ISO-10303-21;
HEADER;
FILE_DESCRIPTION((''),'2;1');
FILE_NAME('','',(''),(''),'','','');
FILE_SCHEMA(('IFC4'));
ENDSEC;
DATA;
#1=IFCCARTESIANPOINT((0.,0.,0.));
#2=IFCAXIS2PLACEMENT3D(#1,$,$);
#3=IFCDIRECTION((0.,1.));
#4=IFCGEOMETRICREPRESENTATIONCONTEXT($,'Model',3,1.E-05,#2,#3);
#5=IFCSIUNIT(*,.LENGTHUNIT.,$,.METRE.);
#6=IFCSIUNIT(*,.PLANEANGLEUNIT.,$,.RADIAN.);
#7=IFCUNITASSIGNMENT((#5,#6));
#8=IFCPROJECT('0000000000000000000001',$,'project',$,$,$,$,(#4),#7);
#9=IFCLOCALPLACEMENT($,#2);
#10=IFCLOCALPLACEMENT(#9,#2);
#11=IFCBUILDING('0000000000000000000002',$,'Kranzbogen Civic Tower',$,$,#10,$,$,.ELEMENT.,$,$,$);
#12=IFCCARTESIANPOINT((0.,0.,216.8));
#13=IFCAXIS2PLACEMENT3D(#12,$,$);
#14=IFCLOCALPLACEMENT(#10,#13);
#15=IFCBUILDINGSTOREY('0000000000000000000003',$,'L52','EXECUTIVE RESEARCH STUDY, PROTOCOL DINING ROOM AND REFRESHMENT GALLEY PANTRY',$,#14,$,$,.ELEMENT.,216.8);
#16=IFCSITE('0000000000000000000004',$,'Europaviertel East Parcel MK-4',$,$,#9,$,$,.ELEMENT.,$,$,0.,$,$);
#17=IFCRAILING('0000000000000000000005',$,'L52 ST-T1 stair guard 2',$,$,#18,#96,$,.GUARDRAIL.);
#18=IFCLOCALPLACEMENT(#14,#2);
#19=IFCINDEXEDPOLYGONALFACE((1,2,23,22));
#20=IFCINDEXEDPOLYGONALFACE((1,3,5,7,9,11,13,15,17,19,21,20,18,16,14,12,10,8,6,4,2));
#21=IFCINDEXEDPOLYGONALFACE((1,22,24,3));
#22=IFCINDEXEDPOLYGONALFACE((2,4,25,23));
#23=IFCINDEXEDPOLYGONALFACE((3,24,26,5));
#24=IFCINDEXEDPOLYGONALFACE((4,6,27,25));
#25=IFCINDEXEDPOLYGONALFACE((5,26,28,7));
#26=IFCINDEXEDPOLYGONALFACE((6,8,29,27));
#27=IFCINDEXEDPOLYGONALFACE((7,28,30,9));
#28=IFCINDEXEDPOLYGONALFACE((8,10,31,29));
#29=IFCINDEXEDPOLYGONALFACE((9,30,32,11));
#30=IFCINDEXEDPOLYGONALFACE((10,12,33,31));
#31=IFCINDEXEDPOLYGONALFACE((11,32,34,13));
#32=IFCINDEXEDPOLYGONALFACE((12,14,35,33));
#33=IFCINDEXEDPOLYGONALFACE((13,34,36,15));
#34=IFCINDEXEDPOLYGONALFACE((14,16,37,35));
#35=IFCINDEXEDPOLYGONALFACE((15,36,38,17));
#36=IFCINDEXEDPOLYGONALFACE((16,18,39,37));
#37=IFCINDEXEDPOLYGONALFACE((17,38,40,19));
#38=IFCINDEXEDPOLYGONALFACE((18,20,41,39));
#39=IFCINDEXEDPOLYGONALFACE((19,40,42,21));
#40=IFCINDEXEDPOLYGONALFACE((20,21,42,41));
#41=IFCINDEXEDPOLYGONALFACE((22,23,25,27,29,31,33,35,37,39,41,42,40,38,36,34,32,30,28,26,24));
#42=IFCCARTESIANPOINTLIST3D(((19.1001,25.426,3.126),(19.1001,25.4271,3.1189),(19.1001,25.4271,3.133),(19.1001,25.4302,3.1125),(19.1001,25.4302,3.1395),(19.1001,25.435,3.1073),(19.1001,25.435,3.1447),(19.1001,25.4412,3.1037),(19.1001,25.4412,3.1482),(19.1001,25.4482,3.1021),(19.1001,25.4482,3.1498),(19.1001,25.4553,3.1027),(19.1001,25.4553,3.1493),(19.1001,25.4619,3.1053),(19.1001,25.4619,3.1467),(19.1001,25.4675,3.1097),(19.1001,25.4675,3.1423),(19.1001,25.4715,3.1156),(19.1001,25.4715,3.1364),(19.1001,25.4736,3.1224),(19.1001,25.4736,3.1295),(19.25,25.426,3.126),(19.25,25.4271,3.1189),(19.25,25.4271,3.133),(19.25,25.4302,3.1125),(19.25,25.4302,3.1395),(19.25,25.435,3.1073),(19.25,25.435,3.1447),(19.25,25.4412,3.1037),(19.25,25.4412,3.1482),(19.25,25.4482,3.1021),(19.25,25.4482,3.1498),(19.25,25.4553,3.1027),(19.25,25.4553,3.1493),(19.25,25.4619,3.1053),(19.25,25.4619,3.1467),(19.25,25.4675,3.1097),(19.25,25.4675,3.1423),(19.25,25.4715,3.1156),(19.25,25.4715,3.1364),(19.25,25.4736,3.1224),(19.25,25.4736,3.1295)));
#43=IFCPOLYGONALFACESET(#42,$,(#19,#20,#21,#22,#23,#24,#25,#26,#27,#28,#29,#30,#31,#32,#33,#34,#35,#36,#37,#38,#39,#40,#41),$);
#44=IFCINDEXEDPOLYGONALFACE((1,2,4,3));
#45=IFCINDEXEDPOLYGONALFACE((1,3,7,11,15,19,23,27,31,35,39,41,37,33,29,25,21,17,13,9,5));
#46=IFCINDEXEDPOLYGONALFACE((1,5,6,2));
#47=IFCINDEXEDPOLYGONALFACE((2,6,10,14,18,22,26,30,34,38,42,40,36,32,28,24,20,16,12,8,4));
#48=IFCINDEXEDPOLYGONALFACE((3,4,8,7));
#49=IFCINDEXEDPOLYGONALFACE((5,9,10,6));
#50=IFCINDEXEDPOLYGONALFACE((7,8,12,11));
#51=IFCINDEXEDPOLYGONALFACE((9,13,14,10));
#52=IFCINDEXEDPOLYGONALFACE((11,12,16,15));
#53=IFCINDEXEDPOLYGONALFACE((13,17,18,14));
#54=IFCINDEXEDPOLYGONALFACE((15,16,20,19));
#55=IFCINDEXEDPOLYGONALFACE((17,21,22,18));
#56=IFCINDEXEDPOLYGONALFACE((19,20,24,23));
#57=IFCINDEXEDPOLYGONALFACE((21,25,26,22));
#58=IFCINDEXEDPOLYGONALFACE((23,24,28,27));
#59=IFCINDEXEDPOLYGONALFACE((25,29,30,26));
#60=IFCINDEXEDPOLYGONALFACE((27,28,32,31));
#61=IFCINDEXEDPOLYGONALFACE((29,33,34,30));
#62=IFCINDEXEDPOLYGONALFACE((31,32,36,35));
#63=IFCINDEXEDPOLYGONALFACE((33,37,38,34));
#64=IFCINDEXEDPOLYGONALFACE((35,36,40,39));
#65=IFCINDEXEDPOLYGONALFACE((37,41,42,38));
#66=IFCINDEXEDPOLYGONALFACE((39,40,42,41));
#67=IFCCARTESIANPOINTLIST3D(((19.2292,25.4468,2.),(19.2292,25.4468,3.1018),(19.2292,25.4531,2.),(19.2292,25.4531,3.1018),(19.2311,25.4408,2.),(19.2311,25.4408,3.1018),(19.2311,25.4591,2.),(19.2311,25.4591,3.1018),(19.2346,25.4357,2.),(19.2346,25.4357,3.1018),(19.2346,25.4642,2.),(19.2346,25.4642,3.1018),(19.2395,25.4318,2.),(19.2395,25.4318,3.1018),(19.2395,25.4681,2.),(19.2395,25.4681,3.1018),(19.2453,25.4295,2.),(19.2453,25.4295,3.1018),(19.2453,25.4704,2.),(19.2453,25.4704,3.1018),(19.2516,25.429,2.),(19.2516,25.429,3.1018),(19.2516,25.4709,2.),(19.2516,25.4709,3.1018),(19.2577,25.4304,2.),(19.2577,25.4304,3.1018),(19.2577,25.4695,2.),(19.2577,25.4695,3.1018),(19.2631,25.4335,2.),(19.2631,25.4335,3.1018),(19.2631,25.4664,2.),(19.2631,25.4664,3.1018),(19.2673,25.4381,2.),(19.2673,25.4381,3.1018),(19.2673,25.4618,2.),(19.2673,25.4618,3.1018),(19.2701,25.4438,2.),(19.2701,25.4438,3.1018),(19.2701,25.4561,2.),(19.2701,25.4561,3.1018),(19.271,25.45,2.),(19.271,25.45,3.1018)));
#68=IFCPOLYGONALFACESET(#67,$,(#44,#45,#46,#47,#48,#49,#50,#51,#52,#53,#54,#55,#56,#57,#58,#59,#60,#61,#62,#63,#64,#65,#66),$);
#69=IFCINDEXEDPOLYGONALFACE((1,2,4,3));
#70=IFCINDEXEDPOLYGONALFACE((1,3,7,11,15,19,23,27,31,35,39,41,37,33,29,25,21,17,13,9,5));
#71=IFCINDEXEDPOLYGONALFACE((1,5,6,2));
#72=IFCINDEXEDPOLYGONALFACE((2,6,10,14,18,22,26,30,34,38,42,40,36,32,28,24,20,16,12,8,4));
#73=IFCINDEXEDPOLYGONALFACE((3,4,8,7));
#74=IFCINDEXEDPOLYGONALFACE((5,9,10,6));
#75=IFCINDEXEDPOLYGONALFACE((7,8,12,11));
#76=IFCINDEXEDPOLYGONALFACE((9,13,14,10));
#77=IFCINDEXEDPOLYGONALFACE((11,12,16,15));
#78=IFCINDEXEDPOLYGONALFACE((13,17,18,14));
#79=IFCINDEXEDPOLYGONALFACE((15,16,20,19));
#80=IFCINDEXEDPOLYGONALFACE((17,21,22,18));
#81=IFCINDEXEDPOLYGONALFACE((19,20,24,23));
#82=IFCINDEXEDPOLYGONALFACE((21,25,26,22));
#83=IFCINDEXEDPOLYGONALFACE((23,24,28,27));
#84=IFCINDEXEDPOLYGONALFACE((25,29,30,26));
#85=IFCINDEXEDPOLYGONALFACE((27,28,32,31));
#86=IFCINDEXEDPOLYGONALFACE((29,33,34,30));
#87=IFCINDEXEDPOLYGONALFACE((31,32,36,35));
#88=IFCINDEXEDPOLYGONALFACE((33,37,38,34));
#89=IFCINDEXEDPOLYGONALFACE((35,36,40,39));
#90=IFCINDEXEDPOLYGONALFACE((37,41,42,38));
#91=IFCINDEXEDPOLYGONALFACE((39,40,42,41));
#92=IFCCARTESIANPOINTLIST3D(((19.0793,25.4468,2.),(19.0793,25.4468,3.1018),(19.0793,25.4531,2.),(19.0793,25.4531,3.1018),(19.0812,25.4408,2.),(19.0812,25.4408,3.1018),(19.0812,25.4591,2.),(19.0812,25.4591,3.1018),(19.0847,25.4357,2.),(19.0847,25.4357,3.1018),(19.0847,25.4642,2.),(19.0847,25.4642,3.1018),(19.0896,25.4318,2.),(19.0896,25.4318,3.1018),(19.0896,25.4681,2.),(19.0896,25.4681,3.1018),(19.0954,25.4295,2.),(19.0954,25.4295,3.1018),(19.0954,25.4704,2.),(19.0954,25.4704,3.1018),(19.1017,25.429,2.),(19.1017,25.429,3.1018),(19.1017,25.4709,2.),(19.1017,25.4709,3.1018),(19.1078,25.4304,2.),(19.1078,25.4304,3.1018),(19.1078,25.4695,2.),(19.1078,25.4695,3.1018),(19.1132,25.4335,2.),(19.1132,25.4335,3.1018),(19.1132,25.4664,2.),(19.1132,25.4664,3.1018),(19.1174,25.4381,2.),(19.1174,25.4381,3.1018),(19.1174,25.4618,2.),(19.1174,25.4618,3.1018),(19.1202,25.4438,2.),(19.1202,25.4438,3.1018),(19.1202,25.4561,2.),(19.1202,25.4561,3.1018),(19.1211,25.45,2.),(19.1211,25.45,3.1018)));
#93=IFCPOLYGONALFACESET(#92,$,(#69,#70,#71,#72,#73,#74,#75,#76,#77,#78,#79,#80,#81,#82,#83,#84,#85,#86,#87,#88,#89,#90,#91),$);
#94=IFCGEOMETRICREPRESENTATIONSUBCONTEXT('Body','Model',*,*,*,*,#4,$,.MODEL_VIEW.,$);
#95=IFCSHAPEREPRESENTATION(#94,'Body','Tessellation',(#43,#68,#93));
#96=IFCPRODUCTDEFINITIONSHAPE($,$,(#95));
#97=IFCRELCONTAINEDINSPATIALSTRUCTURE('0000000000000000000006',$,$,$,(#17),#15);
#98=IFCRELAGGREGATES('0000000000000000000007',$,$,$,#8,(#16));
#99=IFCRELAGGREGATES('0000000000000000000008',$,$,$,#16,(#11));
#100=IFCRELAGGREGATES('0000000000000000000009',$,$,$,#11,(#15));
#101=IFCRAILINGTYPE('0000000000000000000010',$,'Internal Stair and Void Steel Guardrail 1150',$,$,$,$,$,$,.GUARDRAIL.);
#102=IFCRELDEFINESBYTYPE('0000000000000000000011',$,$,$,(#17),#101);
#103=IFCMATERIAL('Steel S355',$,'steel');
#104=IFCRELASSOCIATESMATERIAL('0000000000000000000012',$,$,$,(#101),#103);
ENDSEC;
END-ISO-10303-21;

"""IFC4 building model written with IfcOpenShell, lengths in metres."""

from ifc_helpers import new_model, si_unit, direction, frame, origin, origin_2d, place, context, subcontext, project, spatial, circle, extrude, material, type_object, element, save


model = new_model("IFC4")

# Units and contexts
model_context = context("Model", 3, precision=1e-05, world=origin(), true_north=direction((0.0, 1.0)))
body_context = subcontext(model_context, "Body", "Model", "MODEL_VIEW")
ifc_project = project(units=[si_unit("LENGTHUNIT", "METRE"), si_unit("PLANEANGLEUNIT", "RADIAN")], contexts=[model_context])

# Site, building, storey
site_placement = place(None, origin())
site = spatial("IfcSite", under=ifc_project, at=site_placement, Name="Europaviertel East Parcel MK-4", CompositionType="ELEMENT", RefElevation=0.0)
building_placement = place(site_placement, origin())
building = spatial("IfcBuilding", under=site, at=building_placement, Name="Kranzbogen Civic Tower", CompositionType="ELEMENT")
storey_placement = place(building_placement, frame((0.0, 0.0, 216.8)))
storey = spatial("IfcBuildingStorey", under=building, at=storey_placement, Name="L52", Description="EXECUTIVE RESEARCH STUDY, PROTOCOL DINING ROOM AND REFRESHMENT GALLEY PANTRY", CompositionType="ELEMENT", Elevation=216.8)

# Shared definitions
ifc_material_1 = material(Name="Steel S355", Category="steel")

# Railing
railing_type_1 = type_object("IfcRailingType", Name="Internal Stair and Void Steel Guardrail 1150", PredefinedType="GUARDRAIL", material=ifc_material_1)
railing_1_placement = place(storey_placement, frame((19.25, 25.45, 2.0)))
element("IfcRailing", 1, at=railing_1_placement, inside=storey, type_object=railing_type_1, Name="L52 ST-T1 stair guard 2", PredefinedType="GUARDRAIL", context=body_context, shape_type="SweptSolid", body=[
    extrude(circle(Radius=0.0239, at=origin_2d()), frame((0.0, 0.0, 1.126), z_axis=(-1.0, 0.0, 0.0), x_axis=(0.0, -1.0, 0.0)), (0.0, 0.0, 1.0), 0.1499),
    extrude(circle(Radius=0.021, at=origin_2d()), origin(), (0.0, 0.0, 1.0), 1.1018),
    extrude(circle(Radius=0.021, at=origin_2d()), frame((-0.1499, 0.0, 0.0)), (0.0, 0.0, 1.0), 1.1018),
])

save(model, "model.ifc")
